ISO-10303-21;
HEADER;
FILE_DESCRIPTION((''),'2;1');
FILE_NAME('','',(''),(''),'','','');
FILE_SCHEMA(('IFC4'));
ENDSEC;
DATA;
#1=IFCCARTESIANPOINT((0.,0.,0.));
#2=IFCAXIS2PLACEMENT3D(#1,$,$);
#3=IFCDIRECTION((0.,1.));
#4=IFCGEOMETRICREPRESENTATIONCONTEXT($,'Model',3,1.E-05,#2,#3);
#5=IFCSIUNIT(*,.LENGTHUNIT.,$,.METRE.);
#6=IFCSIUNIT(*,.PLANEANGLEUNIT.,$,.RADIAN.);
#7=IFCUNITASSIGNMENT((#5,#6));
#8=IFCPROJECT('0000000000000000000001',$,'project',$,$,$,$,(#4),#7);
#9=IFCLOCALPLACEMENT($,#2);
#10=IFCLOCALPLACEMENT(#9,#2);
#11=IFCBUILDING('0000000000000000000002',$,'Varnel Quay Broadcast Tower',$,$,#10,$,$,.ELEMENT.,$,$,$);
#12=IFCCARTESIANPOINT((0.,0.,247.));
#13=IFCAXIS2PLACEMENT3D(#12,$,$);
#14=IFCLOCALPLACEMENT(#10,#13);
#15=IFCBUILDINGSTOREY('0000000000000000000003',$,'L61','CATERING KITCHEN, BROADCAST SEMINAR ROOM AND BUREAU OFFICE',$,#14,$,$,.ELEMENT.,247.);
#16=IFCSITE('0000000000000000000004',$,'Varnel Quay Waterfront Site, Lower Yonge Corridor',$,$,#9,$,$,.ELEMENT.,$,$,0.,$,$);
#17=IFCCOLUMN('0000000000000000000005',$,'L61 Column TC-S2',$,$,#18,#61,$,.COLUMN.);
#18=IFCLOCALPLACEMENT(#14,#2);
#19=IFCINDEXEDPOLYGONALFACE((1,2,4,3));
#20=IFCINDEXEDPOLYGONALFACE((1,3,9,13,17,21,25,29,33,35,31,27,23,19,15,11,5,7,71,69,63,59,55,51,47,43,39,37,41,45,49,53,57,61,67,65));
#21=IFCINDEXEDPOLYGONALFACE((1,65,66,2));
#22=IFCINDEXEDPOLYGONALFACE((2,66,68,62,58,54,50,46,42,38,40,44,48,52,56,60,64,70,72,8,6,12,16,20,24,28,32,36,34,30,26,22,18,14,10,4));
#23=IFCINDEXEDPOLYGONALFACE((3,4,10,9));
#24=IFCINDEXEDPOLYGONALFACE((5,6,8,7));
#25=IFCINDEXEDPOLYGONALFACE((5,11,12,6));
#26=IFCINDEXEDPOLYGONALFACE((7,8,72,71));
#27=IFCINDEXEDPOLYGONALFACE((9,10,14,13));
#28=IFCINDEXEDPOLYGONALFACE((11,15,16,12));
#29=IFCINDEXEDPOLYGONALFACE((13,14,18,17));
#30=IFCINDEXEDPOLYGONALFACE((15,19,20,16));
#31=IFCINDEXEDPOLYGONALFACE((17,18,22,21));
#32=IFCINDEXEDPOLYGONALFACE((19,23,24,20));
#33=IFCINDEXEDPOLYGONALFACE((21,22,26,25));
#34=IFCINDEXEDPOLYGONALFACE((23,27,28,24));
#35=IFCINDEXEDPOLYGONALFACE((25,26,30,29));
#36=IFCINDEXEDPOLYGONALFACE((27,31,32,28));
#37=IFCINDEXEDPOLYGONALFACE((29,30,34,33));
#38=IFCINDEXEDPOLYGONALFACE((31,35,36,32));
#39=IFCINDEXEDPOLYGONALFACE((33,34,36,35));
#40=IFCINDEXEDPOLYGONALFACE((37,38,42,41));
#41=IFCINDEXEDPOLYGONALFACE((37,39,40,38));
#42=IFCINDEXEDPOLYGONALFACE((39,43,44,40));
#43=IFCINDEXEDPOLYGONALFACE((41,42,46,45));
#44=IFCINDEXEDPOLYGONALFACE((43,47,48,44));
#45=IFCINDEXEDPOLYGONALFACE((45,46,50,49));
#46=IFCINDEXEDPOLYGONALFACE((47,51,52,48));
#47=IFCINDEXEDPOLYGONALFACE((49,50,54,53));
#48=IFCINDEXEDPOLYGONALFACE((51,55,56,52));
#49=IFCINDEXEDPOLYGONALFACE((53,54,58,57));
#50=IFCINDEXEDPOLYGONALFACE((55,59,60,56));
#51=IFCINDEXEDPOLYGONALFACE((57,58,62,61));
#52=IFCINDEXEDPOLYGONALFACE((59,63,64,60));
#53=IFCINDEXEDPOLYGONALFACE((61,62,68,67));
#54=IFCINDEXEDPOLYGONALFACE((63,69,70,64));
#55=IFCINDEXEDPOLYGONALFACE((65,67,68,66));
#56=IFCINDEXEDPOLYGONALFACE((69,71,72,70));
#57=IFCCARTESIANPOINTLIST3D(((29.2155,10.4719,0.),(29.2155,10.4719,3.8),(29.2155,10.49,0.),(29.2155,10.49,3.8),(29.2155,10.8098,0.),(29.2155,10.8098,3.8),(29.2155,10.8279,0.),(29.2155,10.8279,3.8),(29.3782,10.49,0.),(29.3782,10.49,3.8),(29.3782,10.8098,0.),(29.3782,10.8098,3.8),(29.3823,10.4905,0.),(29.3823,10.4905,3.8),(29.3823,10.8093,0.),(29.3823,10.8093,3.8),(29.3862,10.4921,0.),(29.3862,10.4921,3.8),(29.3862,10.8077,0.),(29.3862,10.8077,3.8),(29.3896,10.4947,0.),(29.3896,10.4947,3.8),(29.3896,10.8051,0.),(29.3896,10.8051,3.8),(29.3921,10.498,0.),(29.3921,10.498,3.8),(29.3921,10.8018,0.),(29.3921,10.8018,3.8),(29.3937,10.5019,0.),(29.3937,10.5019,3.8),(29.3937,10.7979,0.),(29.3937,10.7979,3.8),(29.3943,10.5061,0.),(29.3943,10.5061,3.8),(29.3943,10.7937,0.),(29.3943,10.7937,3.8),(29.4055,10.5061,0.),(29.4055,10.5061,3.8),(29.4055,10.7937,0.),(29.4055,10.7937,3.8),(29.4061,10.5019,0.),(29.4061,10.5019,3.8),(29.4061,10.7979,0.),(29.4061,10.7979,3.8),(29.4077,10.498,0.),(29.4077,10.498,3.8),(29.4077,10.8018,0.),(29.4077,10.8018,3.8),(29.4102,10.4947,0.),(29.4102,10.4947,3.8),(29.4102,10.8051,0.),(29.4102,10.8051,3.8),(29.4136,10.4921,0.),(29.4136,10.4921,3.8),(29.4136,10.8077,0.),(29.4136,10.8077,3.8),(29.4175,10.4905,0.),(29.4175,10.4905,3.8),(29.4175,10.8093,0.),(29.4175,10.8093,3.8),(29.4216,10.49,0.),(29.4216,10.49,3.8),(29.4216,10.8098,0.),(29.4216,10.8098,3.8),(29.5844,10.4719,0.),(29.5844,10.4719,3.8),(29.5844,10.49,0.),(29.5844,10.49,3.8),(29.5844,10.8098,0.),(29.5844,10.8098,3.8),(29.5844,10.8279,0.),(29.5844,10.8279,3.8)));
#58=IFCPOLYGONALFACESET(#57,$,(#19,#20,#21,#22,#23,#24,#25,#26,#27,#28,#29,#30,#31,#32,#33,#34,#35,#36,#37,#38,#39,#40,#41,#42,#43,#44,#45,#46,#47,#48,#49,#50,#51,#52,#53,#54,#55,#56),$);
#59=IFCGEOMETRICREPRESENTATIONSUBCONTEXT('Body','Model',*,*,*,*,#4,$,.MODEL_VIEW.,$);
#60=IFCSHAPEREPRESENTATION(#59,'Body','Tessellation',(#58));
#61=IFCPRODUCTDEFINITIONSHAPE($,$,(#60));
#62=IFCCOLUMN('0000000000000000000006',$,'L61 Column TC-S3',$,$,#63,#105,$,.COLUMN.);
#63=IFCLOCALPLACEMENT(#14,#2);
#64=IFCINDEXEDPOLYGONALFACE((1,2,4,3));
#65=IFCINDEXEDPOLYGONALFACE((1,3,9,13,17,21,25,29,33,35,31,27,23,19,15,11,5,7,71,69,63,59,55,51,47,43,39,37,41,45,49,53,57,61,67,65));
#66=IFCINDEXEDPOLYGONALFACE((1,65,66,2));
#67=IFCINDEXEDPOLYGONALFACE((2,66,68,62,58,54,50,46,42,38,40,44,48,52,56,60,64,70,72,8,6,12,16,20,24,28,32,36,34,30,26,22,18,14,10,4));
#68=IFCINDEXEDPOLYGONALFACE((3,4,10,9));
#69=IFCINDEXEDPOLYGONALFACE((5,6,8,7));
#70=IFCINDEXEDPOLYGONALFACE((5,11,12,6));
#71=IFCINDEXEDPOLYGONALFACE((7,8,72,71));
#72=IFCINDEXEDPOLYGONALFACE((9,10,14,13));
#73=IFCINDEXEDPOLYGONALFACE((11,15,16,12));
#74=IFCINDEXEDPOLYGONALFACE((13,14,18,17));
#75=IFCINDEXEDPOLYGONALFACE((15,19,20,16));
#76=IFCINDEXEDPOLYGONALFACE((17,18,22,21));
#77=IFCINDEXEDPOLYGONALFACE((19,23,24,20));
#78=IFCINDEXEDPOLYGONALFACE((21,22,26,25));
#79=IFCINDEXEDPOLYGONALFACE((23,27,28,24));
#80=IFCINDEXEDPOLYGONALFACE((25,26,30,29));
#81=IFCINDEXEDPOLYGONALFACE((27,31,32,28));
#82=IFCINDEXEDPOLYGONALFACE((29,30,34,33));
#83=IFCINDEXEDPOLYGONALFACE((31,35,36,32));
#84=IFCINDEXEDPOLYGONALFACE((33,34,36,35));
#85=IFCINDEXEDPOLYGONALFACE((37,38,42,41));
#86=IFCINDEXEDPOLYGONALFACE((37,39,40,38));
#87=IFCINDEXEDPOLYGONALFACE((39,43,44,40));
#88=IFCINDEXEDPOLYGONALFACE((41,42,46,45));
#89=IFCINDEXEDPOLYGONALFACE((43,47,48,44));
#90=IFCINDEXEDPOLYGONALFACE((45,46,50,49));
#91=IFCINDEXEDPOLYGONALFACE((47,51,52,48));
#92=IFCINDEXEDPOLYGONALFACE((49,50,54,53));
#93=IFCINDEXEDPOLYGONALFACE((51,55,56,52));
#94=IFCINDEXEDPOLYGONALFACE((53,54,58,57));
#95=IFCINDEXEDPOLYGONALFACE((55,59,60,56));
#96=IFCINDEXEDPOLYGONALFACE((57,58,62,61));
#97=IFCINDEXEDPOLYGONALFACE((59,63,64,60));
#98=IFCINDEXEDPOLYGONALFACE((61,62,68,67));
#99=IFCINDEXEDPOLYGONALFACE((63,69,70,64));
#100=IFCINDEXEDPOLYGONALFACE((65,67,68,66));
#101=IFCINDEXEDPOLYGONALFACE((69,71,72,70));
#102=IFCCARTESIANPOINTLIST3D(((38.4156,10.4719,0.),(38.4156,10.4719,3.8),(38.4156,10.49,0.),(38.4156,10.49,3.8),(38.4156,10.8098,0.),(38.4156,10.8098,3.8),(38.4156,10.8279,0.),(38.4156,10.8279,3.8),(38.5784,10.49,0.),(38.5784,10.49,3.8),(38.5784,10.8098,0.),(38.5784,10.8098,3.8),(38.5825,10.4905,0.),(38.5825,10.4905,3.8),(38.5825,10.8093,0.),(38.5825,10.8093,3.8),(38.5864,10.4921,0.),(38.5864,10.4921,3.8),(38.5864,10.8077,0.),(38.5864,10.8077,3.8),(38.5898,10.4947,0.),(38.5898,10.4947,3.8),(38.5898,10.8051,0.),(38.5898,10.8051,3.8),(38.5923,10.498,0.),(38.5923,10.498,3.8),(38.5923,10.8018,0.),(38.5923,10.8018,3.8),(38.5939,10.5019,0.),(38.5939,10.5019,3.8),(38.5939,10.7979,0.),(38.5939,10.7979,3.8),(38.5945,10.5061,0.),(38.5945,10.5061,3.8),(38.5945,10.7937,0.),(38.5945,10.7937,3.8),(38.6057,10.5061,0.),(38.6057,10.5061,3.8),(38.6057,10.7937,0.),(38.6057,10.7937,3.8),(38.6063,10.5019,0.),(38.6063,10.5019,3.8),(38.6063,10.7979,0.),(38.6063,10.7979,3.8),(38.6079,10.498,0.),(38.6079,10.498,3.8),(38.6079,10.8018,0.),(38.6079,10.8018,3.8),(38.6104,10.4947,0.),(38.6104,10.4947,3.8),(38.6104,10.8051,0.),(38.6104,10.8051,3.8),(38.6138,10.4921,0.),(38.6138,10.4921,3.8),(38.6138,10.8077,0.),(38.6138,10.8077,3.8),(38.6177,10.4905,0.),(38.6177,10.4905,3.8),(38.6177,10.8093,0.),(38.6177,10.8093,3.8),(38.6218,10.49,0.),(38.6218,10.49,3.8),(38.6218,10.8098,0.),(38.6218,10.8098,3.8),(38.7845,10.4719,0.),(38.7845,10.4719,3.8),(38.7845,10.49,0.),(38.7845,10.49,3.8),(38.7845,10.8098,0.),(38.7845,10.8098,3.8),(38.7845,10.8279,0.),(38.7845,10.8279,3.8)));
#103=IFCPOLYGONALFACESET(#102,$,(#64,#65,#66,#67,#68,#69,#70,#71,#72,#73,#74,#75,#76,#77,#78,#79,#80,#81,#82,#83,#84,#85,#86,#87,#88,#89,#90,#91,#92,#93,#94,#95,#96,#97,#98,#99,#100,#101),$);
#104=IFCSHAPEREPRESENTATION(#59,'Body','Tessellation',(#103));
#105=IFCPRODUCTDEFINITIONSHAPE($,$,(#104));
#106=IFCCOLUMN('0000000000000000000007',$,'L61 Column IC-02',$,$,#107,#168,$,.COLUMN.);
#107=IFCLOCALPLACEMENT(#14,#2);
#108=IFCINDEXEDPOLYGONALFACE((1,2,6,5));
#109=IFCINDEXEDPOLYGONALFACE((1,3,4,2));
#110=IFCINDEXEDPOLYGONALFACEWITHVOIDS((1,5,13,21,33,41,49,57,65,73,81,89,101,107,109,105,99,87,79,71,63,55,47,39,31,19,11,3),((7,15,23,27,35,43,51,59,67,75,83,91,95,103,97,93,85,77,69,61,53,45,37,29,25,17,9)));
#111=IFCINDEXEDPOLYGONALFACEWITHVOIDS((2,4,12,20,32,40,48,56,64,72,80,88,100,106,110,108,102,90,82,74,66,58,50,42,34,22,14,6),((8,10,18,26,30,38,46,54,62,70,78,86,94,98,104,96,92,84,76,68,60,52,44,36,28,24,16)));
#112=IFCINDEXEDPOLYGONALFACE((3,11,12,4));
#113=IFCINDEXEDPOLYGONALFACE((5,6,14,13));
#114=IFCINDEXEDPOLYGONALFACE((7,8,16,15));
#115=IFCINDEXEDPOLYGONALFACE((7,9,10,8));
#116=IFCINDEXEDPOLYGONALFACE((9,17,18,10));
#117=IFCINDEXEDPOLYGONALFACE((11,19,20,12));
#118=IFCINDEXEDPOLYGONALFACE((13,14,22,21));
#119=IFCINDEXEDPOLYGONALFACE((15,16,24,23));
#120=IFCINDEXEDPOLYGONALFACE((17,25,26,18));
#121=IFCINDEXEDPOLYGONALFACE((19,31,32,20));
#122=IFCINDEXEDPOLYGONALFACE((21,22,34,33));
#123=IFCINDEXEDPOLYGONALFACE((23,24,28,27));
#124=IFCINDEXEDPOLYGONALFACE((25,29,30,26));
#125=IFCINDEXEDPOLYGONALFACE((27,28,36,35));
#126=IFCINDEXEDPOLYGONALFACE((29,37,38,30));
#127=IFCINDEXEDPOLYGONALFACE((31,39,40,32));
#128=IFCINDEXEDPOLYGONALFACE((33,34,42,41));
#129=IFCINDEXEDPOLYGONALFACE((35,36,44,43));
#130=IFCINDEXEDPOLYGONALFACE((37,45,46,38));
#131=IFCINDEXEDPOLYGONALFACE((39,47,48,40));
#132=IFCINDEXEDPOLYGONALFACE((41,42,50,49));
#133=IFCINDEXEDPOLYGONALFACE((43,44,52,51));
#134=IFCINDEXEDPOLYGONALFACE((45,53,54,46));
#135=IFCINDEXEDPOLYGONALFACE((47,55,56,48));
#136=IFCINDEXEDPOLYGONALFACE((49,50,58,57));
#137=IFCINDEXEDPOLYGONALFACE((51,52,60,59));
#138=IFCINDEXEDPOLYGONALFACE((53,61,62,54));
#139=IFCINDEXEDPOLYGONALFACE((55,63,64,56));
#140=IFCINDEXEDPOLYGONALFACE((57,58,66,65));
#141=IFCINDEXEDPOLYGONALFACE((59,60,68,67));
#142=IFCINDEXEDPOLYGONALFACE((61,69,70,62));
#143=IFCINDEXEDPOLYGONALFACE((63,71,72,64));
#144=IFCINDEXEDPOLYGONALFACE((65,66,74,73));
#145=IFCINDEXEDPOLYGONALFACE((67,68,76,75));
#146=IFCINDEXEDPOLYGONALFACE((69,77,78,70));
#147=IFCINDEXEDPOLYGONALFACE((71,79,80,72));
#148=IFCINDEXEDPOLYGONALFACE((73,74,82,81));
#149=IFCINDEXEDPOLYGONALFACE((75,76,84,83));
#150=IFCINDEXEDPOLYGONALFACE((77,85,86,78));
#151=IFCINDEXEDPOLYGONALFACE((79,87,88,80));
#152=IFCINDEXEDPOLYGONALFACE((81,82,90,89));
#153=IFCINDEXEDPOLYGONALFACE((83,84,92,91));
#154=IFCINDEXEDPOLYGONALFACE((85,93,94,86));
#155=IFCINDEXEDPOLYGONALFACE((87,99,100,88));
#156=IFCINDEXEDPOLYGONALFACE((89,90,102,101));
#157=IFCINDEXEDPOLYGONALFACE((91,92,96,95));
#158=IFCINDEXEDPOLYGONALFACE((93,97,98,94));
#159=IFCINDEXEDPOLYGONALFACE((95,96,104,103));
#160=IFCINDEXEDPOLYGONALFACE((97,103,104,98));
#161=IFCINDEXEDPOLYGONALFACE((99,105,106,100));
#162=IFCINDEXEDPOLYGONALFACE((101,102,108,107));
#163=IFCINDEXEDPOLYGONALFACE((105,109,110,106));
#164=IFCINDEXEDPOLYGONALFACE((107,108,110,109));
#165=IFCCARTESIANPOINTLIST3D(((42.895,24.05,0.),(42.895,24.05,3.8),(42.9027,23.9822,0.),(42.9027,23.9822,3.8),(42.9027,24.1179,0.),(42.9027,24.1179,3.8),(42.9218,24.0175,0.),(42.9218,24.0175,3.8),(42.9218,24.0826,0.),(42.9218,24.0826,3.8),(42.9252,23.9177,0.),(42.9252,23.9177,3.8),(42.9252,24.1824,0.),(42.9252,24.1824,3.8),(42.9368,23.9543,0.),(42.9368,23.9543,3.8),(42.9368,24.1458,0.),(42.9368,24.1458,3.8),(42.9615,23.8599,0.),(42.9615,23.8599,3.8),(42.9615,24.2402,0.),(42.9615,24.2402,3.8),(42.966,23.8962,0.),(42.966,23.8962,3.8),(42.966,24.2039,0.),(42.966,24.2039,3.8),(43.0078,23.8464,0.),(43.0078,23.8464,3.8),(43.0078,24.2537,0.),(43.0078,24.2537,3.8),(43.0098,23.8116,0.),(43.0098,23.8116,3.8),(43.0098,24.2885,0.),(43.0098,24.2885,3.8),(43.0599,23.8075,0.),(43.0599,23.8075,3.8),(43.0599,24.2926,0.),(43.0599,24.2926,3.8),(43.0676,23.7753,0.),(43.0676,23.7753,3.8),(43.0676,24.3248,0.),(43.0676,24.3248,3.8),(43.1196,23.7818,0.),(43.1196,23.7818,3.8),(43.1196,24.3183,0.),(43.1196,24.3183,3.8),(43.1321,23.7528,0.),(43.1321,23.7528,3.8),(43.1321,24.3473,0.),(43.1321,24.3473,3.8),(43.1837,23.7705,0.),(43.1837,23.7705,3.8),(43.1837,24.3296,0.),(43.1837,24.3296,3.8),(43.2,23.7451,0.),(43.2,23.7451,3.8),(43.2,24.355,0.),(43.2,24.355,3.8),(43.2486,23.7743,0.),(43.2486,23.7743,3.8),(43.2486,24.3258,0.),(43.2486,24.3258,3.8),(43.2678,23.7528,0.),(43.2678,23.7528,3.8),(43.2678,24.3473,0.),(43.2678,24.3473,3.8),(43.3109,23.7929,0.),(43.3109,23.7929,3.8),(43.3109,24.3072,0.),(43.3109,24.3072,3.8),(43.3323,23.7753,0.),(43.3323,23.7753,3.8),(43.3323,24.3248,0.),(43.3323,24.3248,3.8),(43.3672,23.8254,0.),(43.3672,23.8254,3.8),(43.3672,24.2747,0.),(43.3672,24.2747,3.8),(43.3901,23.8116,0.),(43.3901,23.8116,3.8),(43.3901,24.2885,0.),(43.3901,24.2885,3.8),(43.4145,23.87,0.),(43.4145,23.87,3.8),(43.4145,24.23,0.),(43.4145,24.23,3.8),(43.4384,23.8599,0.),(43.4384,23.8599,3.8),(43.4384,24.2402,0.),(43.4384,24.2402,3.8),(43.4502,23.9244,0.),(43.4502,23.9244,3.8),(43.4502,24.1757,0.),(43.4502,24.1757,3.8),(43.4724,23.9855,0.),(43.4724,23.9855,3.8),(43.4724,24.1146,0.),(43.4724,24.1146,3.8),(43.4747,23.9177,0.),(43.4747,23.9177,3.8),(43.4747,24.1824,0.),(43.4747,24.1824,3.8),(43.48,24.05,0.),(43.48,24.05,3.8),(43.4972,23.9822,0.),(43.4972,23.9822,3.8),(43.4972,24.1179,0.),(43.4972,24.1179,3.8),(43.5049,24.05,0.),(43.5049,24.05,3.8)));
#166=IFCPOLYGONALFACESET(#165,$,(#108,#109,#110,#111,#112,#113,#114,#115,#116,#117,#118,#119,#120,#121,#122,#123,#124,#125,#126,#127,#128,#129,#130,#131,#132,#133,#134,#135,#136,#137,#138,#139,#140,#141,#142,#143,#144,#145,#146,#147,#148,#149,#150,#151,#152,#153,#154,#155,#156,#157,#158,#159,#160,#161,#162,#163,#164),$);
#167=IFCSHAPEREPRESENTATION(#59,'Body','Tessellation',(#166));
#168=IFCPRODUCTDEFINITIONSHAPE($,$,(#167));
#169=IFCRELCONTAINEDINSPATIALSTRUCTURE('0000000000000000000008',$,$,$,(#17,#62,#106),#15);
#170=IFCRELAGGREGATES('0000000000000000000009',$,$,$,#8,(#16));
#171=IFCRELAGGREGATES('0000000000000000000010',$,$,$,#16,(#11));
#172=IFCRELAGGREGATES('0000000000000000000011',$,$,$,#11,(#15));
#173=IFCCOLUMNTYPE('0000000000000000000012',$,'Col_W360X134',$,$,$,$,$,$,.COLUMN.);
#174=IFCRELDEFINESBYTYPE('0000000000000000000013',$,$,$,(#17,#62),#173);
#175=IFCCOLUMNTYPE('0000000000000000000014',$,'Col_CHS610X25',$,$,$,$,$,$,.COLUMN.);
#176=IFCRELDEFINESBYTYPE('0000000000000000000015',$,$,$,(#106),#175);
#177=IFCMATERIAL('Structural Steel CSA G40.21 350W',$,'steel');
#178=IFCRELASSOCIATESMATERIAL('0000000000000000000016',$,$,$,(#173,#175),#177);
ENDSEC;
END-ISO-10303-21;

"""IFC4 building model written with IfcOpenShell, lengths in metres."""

from ifc_helpers import new_model, si_unit, direction, frame, origin, origin_2d, place, context, subcontext, project, spatial, hollow_circle, i_section, extrude, source, transform, mapped, material, material_profile, profile_set, type_object, type_shapes, element, save


model = new_model("IFC4")

# Units and contexts
model_context = context("Model", 3, precision=1e-05, world=origin(), true_north=direction((0.0, 1.0)))
body_context = subcontext(model_context, "Body", "Model", "MODEL_VIEW")
ifc_project = project(units=[si_unit("LENGTHUNIT", "METRE"), si_unit("PLANEANGLEUNIT", "RADIAN")], contexts=[model_context])

# Site, building, storey
site_placement = place(None, origin())
site = spatial("IfcSite", under=ifc_project, at=site_placement, Name="Varnel Quay Waterfront Site, Lower Yonge Corridor", CompositionType="ELEMENT", RefElevation=0.0)
building_placement = place(site_placement, origin())
building = spatial("IfcBuilding", under=site, at=building_placement, Name="Varnel Quay Broadcast Tower", CompositionType="ELEMENT")
storey_placement = place(building_placement, frame((0.0, 0.0, 247.0)))
storey = spatial("IfcBuildingStorey", under=building, at=storey_placement, Name="L61", Description="CATERING KITCHEN, BROADCAST SEMINAR ROOM AND BUREAU OFFICE", CompositionType="ELEMENT", Elevation=247.0)

# Columns
ifc_material_1 = material(Name="Structural Steel CSA G40.21 350W", Category="steel")
ifc_material_profile_1 = material_profile(ifc_material_1, i_section(OverallWidth=0.3689, OverallDepth=0.356, WebThickness=0.0112, FlangeThickness=0.0181, FilletRadius=0.0161, at=origin_2d()), Name="W360X134")
ifc_profile_set_1 = profile_set([ifc_material_profile_1], Name="Structural Steel CSA G40.21 350W")
column_type_1 = type_object("IfcColumnType", Name="Col_W360X134", PredefinedType="COLUMN", material=ifc_profile_set_1)
shared_shape_1 = source(origin(), body_context, "Body", "SweptSolid", [
    extrude(i_section(OverallWidth=0.3689, OverallDepth=0.356, WebThickness=0.0112, FlangeThickness=0.0181, FilletRadius=0.0161, at=origin_2d()), origin(), (0.0, 0.0, 1.0), 3.8),
])
type_shapes(column_type_1, [shared_shape_1])
for number, where, z_axis, x_axis, name in (
    (1, (29.3999, 10.6499, 0.0), (0.0, 0.0, 1.0), (1.0, 0.0, 0.0), "L61 Column TC-S2"),
    (2, (38.6001, 10.6499, 0.0), (0.0, 0.0, 1.0), (1.0, 0.0, 0.0), "L61 Column TC-S3"),
):
    element("IfcColumn", number, at=place(storey_placement, frame(where, z_axis=z_axis, x_axis=x_axis)), inside=storey, type_object=column_type_1, Name=name, PredefinedType="COLUMN", context=body_context, shape_type="MappedRepresentation", body=[
        mapped(shared_shape_1, transform((0.0, 0.0, 0.0), x_axis=(1.0, 0.0, 0.0), y_axis=(0.0, 1.0, 0.0), z_axis=(0.0, 0.0, 1.0), scale=1.0)),
    ])
ifc_material_profile_2 = material_profile(ifc_material_1, hollow_circle(Radius=0.3049, WallThickness=0.0249, at=origin_2d()), Name="CHS610X25")
ifc_profile_set_2 = profile_set([ifc_material_profile_2], Name="Structural Steel CSA G40.21 350W")
column_type_2 = type_object("IfcColumnType", Name="Col_CHS610X25", PredefinedType="COLUMN", material=ifc_profile_set_2)
shared_shape_2 = source(origin(), body_context, "Body", "SweptSolid", [
    extrude(hollow_circle(Radius=0.3049, WallThickness=0.0249, at=origin_2d()), origin(), (0.0, 0.0, 1.0), 3.8),
])
type_shapes(column_type_2, [shared_shape_2])
column_placement = place(storey_placement, frame((43.2, 24.05, 0.0), z_axis=(0.0, 0.0, 1.0), x_axis=(1.0, 0.0, 0.0)))
element("IfcColumn", 3, at=column_placement, inside=storey, type_object=column_type_2, Name="L61 Column IC-02", PredefinedType="COLUMN", context=body_context, shape_type="MappedRepresentation", body=[
    mapped(shared_shape_2, transform((0.0, 0.0, 0.0), x_axis=(1.0, 0.0, 0.0), y_axis=(0.0, 1.0, 0.0), z_axis=(0.0, 0.0, 1.0), scale=1.0)),
])

save(model, "model.ifc")
